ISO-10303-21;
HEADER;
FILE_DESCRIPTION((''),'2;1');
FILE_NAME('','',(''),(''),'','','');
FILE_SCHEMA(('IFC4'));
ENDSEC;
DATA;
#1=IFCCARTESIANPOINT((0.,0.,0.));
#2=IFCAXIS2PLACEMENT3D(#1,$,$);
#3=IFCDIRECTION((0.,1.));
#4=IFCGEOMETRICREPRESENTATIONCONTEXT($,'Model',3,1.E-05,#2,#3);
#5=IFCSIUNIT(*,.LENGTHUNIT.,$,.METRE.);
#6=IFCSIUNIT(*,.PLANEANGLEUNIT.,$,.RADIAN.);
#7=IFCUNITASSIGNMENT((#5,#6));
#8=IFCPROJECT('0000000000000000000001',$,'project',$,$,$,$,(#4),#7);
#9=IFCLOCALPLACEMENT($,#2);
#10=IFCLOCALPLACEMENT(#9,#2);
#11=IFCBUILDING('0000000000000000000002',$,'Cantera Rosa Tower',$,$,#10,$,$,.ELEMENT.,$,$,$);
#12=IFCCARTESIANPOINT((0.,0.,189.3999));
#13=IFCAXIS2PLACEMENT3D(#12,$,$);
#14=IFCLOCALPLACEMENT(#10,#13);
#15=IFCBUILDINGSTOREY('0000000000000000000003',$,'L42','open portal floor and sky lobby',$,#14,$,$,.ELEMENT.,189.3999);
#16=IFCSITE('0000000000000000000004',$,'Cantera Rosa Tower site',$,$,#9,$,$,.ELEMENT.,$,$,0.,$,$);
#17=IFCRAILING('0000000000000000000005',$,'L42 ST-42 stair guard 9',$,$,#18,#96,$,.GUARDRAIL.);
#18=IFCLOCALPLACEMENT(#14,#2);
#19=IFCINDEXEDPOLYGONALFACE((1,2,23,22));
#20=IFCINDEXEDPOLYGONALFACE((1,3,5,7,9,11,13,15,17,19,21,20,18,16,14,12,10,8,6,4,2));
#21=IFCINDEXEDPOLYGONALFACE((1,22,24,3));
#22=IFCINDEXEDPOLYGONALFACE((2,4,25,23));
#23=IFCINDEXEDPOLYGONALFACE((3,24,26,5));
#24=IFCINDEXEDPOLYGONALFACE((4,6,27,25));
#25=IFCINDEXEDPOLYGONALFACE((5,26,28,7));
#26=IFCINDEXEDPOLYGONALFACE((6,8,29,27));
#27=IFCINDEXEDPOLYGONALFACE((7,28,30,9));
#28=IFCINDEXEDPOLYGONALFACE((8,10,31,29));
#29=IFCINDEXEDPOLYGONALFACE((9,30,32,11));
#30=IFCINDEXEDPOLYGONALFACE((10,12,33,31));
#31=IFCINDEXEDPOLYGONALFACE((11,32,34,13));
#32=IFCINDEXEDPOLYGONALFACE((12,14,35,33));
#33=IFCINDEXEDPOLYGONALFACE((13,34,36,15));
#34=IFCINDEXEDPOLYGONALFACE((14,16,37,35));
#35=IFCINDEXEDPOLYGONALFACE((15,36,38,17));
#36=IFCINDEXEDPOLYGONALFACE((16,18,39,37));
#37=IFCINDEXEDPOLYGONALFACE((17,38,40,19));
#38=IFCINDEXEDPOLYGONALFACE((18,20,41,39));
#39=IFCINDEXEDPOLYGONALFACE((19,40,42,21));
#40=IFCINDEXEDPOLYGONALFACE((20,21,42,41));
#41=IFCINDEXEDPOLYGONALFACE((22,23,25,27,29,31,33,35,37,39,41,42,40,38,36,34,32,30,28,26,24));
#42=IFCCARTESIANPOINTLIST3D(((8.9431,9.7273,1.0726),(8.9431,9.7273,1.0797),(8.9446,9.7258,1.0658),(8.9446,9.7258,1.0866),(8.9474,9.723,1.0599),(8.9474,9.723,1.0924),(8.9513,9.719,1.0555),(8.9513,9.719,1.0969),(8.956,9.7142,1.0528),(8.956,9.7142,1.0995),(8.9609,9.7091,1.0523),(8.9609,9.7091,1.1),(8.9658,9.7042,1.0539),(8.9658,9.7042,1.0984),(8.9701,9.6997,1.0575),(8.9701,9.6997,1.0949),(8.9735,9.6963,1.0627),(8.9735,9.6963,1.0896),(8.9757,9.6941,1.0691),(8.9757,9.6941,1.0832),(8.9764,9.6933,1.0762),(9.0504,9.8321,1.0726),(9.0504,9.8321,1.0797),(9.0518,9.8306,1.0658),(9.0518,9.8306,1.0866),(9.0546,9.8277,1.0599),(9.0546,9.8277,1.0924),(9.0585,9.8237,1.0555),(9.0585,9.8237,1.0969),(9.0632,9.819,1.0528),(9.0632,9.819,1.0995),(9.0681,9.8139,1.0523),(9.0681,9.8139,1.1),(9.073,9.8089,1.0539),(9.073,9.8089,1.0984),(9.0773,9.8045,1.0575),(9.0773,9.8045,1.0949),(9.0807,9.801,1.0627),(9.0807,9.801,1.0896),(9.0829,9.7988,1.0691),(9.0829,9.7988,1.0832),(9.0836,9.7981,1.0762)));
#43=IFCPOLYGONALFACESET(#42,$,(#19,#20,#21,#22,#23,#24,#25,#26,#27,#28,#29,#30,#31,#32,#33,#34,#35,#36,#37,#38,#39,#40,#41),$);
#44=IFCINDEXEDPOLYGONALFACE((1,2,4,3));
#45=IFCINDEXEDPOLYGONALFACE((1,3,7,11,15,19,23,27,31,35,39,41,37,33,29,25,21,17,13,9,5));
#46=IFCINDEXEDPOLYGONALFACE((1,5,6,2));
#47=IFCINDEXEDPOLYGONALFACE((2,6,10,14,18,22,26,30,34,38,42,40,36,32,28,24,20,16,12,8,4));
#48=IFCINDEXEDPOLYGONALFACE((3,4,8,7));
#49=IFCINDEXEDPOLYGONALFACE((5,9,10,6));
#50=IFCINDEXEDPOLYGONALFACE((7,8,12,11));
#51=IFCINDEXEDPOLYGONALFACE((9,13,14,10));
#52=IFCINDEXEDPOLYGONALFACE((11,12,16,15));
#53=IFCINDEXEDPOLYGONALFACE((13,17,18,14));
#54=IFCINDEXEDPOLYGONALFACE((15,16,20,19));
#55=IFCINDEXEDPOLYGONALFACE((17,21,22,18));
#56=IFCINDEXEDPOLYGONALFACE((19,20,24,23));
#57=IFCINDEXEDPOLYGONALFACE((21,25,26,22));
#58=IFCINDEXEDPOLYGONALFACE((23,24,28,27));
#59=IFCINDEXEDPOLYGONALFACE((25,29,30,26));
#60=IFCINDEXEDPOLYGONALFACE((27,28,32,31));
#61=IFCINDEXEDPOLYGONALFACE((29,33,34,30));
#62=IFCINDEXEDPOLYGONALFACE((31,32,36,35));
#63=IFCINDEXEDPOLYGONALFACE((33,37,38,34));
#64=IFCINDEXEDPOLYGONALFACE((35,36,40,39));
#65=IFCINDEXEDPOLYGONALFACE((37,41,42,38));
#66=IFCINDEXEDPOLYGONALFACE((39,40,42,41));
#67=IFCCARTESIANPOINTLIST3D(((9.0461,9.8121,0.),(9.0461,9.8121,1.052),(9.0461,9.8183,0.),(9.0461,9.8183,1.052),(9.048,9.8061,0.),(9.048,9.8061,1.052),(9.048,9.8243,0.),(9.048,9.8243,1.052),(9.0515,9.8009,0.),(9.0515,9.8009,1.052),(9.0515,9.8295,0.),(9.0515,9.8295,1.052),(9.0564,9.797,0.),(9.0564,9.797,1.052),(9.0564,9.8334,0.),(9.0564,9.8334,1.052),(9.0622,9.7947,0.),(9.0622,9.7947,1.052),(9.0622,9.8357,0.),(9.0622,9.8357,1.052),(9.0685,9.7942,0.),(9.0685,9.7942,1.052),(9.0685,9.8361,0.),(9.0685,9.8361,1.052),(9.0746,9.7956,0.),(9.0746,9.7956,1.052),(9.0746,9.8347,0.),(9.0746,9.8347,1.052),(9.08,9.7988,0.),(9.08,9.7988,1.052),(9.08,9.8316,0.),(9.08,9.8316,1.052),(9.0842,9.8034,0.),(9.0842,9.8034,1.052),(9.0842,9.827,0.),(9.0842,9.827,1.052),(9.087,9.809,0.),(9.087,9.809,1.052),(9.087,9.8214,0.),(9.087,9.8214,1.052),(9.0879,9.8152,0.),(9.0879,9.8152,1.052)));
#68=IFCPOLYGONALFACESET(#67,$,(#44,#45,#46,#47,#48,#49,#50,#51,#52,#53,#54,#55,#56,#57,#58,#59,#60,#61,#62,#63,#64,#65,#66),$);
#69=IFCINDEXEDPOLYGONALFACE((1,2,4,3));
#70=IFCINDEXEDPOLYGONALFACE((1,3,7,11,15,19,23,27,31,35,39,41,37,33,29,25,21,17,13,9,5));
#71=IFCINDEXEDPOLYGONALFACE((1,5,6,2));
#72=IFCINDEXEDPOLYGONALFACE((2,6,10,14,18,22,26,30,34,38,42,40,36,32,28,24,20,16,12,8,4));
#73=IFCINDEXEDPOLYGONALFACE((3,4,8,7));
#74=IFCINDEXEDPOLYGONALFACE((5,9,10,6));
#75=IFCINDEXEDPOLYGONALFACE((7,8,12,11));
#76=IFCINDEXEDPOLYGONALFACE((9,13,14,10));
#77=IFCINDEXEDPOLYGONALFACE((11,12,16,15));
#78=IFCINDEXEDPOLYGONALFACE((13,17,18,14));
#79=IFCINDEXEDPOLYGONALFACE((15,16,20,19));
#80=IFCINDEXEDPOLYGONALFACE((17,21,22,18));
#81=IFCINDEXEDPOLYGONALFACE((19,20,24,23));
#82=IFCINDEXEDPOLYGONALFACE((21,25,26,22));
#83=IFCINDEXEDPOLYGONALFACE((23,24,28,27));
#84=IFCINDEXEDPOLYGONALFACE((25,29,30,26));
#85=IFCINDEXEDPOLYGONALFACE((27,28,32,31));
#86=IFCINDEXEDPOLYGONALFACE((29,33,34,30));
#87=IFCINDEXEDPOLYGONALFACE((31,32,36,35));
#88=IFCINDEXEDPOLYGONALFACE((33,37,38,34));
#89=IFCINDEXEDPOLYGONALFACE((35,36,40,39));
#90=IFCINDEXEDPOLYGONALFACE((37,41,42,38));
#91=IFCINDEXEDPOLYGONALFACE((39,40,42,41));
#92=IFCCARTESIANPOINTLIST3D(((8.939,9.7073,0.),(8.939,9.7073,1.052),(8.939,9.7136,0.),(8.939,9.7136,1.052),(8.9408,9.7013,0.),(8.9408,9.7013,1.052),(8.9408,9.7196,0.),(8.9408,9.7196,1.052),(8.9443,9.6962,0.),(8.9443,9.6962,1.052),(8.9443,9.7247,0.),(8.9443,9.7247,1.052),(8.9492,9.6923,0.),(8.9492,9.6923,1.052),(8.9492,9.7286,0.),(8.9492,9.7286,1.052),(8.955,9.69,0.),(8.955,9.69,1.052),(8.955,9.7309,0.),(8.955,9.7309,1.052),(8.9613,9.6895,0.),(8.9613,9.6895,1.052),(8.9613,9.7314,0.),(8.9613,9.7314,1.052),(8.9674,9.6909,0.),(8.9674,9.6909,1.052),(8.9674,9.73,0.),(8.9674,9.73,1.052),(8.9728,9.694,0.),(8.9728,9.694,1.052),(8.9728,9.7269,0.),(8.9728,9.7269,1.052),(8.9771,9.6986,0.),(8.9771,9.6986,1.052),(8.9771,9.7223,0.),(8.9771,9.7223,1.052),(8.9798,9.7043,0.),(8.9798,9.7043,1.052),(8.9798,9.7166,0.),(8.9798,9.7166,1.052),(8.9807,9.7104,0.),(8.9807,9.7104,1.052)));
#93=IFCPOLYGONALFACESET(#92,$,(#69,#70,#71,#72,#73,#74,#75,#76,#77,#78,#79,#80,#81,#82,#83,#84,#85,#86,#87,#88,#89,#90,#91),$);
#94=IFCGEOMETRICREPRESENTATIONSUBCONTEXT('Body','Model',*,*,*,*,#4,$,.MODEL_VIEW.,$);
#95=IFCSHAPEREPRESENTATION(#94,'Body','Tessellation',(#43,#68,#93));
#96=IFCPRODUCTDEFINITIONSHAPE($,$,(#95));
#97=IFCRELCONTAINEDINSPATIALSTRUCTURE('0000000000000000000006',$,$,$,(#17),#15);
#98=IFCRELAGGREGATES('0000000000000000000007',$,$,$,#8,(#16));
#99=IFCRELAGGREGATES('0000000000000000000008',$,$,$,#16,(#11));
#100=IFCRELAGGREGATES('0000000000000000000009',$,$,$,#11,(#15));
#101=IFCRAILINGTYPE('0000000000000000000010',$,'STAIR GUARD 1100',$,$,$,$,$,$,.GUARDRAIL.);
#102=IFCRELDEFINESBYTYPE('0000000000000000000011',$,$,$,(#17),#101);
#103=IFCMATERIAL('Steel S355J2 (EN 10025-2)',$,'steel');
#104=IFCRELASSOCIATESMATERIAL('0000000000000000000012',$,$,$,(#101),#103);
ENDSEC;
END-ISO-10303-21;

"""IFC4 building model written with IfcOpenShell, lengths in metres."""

from ifc_helpers import new_model, si_unit, direction, frame, origin, origin_2d, place, context, subcontext, project, spatial, circle, extrude, material, type_object, element, save


model = new_model("IFC4")

# Units and contexts
model_context = context("Model", 3, precision=1e-05, world=origin(), true_north=direction((0.0, 1.0)))
body_context = subcontext(model_context, "Body", "Model", "MODEL_VIEW")
ifc_project = project(units=[si_unit("LENGTHUNIT", "METRE"), si_unit("PLANEANGLEUNIT", "RADIAN")], contexts=[model_context])

# Site, building, storey
site_placement = place(None, origin())
site = spatial("IfcSite", under=ifc_project, at=site_placement, Name="Cantera Rosa Tower site", CompositionType="ELEMENT", RefElevation=0.0)
building_placement = place(site_placement, origin())
building = spatial("IfcBuilding", under=site, at=building_placement, Name="Cantera Rosa Tower", CompositionType="ELEMENT")
storey_placement = place(building_placement, frame((0.0, 0.0, 189.3999)))
storey = spatial("IfcBuildingStorey", under=building, at=storey_placement, Name="L42", Description="open portal floor and sky lobby", CompositionType="ELEMENT", Elevation=189.3999)

# Railing
ifc_material_1 = material(Name="Steel S355J2 (EN 10025-2)", Category="steel")
railing_type_1 = type_object("IfcRailingType", Name="STAIR GUARD 1100", PredefinedType="GUARDRAIL", material=ifc_material_1)
railing_1_placement = place(storey_placement, frame((9.0669, 9.8152, 0.0)))
element("IfcRailing", 1, at=railing_1_placement, inside=storey, type_object=railing_type_1, Name="L42 ST-42 stair guard 9", PredefinedType="GUARDRAIL", context=body_context, shape_type="SweptSolid", body=[
    extrude(circle(Radius=0.0239, at=origin_2d()), frame((0.0, 0.0, 1.0762), z_axis=(-0.715206, -0.698914, 0.0), x_axis=(0.698914, -0.715206, 0.0)), (0.0, 0.0, 1.0), 0.1499),
    extrude(circle(Radius=0.021, at=origin_2d()), origin(), (0.0, 0.0, 1.0), 1.052),
    extrude(circle(Radius=0.021, at=origin_2d()), frame((-0.1072, -0.1047, 0.0)), (0.0, 0.0, 1.0), 1.052),
])

save(model, "model.ifc")
